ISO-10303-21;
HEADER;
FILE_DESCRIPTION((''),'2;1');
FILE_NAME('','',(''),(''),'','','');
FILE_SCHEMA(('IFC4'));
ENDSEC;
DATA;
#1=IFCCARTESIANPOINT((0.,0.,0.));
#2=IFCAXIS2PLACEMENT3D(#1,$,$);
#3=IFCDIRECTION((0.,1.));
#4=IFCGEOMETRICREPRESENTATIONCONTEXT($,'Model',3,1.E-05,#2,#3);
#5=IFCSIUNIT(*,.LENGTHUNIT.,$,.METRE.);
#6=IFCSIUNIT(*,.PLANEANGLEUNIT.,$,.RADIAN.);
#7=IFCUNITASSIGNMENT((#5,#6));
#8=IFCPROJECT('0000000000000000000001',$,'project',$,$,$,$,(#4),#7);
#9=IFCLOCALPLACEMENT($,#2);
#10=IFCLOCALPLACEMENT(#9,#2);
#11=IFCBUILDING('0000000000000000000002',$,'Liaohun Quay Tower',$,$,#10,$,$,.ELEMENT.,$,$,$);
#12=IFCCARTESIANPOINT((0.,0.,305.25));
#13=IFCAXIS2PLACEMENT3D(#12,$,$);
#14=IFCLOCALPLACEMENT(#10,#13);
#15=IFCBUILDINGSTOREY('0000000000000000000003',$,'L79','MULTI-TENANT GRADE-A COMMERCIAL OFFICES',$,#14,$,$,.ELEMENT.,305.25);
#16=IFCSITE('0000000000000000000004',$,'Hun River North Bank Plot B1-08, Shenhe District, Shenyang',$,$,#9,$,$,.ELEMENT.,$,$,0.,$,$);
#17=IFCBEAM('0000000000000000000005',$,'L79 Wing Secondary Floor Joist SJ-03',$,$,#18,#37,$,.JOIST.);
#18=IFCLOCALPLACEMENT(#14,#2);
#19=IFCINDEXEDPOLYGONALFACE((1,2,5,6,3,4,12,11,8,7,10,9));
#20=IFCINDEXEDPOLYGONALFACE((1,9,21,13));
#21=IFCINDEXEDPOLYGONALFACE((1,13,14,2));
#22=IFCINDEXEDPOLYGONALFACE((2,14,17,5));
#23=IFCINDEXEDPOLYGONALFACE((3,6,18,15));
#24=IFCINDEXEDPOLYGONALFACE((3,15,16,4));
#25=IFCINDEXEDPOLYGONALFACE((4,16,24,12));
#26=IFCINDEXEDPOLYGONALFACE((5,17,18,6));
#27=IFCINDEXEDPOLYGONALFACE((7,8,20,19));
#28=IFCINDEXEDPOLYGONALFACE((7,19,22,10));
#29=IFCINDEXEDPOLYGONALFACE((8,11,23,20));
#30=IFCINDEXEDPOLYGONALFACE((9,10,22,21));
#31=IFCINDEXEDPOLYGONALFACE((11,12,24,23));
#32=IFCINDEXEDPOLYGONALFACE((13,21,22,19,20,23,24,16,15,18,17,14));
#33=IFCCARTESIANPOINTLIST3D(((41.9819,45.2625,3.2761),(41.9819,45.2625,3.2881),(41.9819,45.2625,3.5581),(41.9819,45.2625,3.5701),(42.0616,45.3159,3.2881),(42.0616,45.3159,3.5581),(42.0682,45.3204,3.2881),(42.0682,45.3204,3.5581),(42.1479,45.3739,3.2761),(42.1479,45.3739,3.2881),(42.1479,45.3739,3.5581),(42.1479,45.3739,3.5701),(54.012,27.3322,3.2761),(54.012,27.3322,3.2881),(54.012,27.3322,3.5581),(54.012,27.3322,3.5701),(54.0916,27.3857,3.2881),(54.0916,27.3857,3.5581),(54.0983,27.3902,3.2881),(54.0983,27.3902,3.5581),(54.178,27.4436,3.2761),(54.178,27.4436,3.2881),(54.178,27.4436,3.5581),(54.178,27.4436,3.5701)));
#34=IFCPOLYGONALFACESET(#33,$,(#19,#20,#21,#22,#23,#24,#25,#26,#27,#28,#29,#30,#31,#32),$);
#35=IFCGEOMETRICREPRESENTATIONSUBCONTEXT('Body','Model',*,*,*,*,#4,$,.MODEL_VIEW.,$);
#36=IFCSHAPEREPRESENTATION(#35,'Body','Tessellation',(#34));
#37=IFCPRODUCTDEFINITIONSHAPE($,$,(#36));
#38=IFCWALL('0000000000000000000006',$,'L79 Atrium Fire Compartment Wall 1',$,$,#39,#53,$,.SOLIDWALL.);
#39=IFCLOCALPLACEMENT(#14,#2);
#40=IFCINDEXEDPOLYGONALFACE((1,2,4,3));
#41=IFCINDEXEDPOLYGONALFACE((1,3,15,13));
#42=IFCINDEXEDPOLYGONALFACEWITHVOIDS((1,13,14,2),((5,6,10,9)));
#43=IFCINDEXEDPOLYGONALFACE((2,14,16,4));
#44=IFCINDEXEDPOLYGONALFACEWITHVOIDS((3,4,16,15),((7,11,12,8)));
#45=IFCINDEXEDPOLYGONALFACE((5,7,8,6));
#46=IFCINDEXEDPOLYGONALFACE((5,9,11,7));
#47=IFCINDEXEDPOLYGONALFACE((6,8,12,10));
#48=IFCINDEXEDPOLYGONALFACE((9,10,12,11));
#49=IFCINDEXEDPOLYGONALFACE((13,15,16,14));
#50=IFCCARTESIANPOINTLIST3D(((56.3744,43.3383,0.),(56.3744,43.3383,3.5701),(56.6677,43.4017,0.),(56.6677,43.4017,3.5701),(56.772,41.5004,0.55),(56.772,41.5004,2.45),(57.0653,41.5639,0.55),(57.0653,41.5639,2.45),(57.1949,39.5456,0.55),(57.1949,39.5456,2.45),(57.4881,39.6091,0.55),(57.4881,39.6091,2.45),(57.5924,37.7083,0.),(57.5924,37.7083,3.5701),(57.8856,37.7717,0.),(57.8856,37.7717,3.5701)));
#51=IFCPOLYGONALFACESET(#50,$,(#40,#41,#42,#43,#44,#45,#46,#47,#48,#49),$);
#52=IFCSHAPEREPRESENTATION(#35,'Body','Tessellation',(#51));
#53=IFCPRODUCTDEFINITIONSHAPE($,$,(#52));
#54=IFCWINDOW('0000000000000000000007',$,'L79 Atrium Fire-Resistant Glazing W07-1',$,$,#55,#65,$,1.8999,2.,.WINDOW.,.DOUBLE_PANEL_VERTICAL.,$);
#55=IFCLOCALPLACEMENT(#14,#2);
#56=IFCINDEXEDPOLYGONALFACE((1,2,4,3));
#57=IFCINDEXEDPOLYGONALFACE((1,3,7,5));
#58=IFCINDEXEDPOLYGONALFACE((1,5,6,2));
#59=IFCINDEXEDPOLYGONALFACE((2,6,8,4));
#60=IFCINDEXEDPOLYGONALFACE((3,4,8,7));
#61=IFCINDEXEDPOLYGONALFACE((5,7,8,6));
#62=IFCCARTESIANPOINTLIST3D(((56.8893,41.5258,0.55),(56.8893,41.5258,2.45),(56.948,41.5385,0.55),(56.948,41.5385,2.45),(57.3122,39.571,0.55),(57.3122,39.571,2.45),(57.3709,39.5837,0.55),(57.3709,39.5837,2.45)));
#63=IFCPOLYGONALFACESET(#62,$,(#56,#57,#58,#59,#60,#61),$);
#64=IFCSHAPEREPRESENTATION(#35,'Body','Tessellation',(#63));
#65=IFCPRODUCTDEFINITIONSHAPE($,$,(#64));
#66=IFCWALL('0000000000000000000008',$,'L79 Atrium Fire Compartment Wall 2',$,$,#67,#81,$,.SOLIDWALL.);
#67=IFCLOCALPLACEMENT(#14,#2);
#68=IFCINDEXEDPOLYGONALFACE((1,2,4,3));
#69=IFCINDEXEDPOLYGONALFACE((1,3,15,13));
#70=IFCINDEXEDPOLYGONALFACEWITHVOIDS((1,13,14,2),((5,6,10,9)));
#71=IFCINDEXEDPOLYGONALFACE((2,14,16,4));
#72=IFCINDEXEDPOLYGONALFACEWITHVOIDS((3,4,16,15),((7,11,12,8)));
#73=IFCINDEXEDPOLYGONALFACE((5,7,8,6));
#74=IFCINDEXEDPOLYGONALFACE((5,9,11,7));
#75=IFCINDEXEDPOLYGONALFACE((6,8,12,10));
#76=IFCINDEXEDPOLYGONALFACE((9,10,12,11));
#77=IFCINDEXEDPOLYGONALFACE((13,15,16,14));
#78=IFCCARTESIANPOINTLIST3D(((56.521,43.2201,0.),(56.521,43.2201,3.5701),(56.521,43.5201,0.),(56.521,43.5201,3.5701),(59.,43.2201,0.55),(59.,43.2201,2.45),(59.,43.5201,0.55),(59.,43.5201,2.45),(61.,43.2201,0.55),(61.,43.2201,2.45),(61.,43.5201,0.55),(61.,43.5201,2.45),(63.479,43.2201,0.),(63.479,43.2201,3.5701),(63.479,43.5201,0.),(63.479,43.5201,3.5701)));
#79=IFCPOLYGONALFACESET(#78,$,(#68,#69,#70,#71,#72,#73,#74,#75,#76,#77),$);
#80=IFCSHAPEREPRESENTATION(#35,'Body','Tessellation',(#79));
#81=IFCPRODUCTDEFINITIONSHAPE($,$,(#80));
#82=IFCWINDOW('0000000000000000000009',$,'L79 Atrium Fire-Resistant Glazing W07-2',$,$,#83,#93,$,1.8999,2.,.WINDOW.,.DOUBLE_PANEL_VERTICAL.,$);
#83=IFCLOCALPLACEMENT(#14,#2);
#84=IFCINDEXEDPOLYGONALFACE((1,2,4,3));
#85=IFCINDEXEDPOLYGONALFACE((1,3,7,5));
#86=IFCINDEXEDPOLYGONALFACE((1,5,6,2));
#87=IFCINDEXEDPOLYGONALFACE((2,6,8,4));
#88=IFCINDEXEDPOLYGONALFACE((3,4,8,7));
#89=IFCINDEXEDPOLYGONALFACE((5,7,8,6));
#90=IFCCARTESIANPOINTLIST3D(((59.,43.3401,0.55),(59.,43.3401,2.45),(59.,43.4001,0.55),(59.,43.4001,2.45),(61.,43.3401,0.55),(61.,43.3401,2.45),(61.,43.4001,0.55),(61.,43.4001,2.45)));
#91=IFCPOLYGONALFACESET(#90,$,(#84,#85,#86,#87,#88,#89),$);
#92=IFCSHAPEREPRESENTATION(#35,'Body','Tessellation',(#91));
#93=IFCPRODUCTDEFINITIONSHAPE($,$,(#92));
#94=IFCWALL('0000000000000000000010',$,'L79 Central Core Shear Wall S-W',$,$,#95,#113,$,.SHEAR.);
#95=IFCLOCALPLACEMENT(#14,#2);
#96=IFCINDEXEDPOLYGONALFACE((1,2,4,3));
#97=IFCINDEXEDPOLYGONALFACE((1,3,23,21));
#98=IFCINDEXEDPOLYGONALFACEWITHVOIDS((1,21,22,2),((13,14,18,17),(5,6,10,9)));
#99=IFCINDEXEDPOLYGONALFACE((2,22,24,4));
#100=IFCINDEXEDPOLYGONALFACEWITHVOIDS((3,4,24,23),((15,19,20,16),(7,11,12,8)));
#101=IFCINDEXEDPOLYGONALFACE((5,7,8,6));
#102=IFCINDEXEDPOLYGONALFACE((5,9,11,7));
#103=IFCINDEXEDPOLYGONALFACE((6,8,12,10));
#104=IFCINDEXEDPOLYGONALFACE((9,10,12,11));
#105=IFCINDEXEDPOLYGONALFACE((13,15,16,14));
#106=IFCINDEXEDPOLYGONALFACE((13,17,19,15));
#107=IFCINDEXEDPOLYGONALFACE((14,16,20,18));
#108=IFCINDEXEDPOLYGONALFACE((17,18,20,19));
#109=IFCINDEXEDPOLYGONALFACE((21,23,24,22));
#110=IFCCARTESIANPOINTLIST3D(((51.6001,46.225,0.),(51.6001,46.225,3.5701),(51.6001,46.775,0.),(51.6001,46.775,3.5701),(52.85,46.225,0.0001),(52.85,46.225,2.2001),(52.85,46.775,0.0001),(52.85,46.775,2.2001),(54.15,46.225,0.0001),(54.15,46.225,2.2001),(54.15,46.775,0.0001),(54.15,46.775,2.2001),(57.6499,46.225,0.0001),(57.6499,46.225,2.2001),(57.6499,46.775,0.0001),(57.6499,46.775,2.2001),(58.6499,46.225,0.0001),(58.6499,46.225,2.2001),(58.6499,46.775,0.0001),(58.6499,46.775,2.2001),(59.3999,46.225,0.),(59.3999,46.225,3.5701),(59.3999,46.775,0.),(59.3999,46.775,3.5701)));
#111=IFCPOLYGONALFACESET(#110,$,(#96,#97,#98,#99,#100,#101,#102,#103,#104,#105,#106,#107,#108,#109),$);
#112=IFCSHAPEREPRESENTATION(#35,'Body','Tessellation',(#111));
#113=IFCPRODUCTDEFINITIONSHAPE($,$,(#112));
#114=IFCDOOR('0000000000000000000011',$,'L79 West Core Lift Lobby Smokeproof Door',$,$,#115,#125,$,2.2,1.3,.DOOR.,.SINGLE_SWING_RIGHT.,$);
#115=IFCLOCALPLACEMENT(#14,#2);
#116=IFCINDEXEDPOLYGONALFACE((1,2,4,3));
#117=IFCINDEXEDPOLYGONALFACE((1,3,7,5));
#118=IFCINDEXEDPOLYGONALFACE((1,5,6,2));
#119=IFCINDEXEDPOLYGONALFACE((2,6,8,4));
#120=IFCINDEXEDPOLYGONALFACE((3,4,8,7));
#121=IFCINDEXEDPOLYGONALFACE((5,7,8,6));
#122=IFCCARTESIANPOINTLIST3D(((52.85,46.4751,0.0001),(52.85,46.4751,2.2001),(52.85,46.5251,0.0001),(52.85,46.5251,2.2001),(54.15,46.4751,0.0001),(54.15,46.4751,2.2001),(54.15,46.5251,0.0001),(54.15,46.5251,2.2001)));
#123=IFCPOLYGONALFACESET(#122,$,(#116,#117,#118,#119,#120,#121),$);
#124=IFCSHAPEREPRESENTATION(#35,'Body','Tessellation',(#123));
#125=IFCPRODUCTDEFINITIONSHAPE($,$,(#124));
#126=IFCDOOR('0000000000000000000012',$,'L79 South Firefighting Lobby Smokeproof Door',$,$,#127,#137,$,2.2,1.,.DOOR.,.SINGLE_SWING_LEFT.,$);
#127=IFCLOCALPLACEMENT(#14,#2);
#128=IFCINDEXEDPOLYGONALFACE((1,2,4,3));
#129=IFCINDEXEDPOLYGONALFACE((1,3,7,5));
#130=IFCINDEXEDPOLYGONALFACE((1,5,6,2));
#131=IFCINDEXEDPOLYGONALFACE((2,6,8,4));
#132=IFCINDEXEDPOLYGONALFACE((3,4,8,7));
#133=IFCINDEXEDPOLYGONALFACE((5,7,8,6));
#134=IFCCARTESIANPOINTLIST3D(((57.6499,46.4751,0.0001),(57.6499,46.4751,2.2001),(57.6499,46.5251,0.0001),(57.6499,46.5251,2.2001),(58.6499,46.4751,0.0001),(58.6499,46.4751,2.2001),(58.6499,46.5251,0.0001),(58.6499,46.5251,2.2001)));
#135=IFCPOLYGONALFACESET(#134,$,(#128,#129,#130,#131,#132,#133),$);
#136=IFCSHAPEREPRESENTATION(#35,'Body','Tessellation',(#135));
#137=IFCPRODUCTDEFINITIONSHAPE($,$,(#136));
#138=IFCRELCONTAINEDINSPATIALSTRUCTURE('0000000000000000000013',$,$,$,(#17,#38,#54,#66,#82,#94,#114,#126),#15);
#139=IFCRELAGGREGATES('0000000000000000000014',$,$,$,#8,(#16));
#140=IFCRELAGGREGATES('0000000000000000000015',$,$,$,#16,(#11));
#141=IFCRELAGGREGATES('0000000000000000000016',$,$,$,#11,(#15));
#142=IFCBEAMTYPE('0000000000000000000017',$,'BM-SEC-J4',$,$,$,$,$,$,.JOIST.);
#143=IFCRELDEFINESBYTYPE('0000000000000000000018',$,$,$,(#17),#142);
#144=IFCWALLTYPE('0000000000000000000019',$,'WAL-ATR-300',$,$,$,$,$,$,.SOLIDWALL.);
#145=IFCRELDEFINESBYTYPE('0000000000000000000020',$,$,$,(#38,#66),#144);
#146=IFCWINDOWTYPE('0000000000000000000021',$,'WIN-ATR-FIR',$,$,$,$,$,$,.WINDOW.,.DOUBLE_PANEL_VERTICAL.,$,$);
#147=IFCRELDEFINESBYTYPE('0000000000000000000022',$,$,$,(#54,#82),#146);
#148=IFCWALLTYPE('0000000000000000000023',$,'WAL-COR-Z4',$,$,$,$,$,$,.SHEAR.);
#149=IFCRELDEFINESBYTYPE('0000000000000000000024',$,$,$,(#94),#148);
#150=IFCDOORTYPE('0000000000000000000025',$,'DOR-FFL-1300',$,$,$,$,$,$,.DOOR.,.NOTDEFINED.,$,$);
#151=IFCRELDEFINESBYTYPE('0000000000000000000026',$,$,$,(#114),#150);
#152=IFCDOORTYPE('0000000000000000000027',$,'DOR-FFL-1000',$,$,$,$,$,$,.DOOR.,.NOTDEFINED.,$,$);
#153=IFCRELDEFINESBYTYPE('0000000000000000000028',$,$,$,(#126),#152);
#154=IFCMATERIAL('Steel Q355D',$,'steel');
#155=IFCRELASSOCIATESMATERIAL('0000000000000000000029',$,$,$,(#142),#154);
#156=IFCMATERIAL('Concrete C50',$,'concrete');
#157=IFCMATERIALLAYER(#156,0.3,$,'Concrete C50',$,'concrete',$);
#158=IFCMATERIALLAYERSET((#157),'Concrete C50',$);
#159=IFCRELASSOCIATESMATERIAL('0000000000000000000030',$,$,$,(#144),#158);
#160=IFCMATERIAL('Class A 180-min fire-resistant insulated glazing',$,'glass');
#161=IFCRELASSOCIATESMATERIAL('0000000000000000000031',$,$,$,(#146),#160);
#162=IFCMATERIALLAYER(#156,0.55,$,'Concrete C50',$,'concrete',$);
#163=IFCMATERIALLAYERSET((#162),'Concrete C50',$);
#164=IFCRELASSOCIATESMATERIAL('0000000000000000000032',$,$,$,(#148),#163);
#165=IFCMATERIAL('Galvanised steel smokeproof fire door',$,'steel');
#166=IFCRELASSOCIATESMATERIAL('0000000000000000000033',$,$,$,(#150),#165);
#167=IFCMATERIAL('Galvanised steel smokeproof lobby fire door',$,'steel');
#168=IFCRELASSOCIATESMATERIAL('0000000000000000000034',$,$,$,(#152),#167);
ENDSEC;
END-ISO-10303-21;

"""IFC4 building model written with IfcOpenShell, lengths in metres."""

from ifc_helpers import new_model, si_unit, direction, frame, frame_2d, origin, origin_2d, place, context, subcontext, project, spatial, rectangle, i_section, extrude, source, transform, mapped, material, layer, layer_set, material_profile, profile_set, type_object, element, fill, save


model = new_model("IFC4")

# Units and contexts
model_context = context("Model", 3, precision=1e-05, world=origin(), true_north=direction((0.0, 1.0)))
body_context = subcontext(model_context, "Body", "Model", "MODEL_VIEW")
ifc_project = project(units=[si_unit("LENGTHUNIT", "METRE"), si_unit("PLANEANGLEUNIT", "RADIAN")], contexts=[model_context])

# Site, building, storey
site_placement = place(None, origin())
site = spatial("IfcSite", under=ifc_project, at=site_placement, Name="Hun River North Bank Plot B1-08, Shenhe District, Shenyang", CompositionType="ELEMENT", RefElevation=0.0)
building_placement = place(site_placement, origin())
building = spatial("IfcBuilding", under=site, at=building_placement, Name="Liaohun Quay Tower", CompositionType="ELEMENT")
storey_placement = place(building_placement, frame((0.0, 0.0, 305.25)))
storey = spatial("IfcBuildingStorey", under=building, at=storey_placement, Name="L79", Description="MULTI-TENANT GRADE-A COMMERCIAL OFFICES", CompositionType="ELEMENT", Elevation=305.25)

# Shared definitions
ifc_material_1 = material(Name="Concrete C50", Category="concrete")

# Beam
ifc_material_2 = material(Name="Steel Q355D", Category="steel")
ifc_material_profile_1 = material_profile(ifc_material_2, i_section(OverallWidth=0.2, OverallDepth=0.2939, WebThickness=0.0081, FlangeThickness=0.012, at=origin_2d()), Name="HM294x200x8x12")
ifc_profile_set_1 = profile_set([ifc_material_profile_1], Name="Steel Q355D")
beam_type_1 = type_object("IfcBeamType", Name="BM-SEC-J4", PredefinedType="JOIST", material=ifc_profile_set_1)
shared_shape_1 = source(origin(), body_context, "Body", "SweptSolid", [
    extrude(i_section(OverallWidth=0.2, OverallDepth=0.2939, WebThickness=0.0081, FlangeThickness=0.012, at=origin_2d()), origin(), (0.0, 0.0, 1.0), 21.592),
])
beam_1_placement = place(storey_placement, frame((54.095, 27.3879, 3.4231), z_axis=(-0.557153, 0.83041, 0.0), x_axis=(-0.83041, -0.557153, 0.0)))
element("IfcBeam", 1, at=beam_1_placement, inside=storey, type_object=beam_type_1, Name="L79 Wing Secondary Floor Joist SJ-03", PredefinedType="JOIST", context=body_context, shape_type="MappedRepresentation", body=[
    mapped(shared_shape_1, transform((0.0, 0.0, 0.0), x_axis=(1.0, 0.0, 0.0), y_axis=(0.0, 1.0, 0.0), z_axis=(0.0, 0.0, 1.0), scale=1.0)),
])

# Walls, openings, windows
ifc_layer_1 = layer(ifc_material_1, 0.3, Name="Concrete C50", Category="concrete")
ifc_layer_set_1 = layer_set([ifc_layer_1], Name="Concrete C50")
wall_type_1 = type_object("IfcWallType", Name="WAL-ATR-300", PredefinedType="SOLIDWALL", material=ifc_layer_set_1)
wall_1_placement = place(storey_placement, frame((57.739, 37.74, 0.0), z_axis=(0.0, 0.0, 1.0), x_axis=(-0.211448, 0.977389, 0.0)))
wall_1 = element("IfcWall", 2, at=wall_1_placement, inside=storey, type_object=wall_type_1, Name="L79 Atrium Fire Compartment Wall 1", PredefinedType="SOLIDWALL", context=body_context, shape_type="SweptSolid", body=[
    extrude(rectangle(XDim=5.7603, YDim=0.3, at=frame_2d((2.8801, 0.0))), origin(), (0.0, 0.0, 1.0), 3.5701),
])
shared_shape_2 = source(origin(), body_context, "Body", "SweptSolid", [
    extrude(rectangle(XDim=2.0, YDim=1.8999, at=frame_2d((1.0, 0.95))), frame((0.0, 0.1599, 0.0), z_axis=(0.0, -1.0, 0.0), x_axis=(1.0, 0.0, 0.0)), (0.0, 0.0, 1.0), 0.3201),
])
opening_1_placement = place(wall_1_placement, frame((1.8799, 0.0, 0.55)))
opening_1 = element("IfcOpeningElement", 3, at=opening_1_placement, cuts=wall_1, PredefinedType="OPENING", context=body_context, shape_type="MappedRepresentation", body=[
    mapped(shared_shape_2, transform((0.0, 0.0, 0.0), x_axis=(1.0, 0.0, 0.0), y_axis=(0.0, 1.0, 0.0), z_axis=(0.0, 0.0, 1.0), scale=1.0)),
])
ifc_material_3 = material(Name="Class A 180-min fire-resistant insulated glazing", Category="glass")
window_type_1 = type_object("IfcWindowType", Name="WIN-ATR-FIR", PartitioningType="DOUBLE_PANEL_VERTICAL", PredefinedType="WINDOW", material=ifc_material_3)
shared_shape_3 = source(origin(), body_context, "Body", "SweptSolid", [
    extrude(rectangle(XDim=2.0, YDim=1.8999, at=frame_2d((1.0, 0.95))), frame((0.0, 0.03, 0.0), z_axis=(0.0, -1.0, 0.0), x_axis=(1.0, 0.0, 0.0)), (0.0, 0.0, 1.0), 0.0601),
])
window_1_placement = place(opening_1_placement, origin())
window_1 = element("IfcWindow", 4, at=window_1_placement, inside=storey, type_object=window_type_1, Name="L79 Atrium Fire-Resistant Glazing W07-1", OverallHeight=1.8999, OverallWidth=2.0, PartitioningType="DOUBLE_PANEL_VERTICAL", PredefinedType="WINDOW", context=body_context, shape_type="MappedRepresentation", body=[
    mapped(shared_shape_3, transform((0.0, 0.0, 0.0), x_axis=(1.0, 0.0, 0.0), y_axis=(0.0, 1.0, 0.0), z_axis=(0.0, 0.0, 1.0), scale=1.0)),
])
fill(opening_1, window_1)
wall_2_placement = place(storey_placement, frame((56.521, 43.3701, 0.0), z_axis=(0.0, 0.0, 1.0), x_axis=(1.0, 0.0, 0.0)))
wall_2 = element("IfcWall", 5, at=wall_2_placement, inside=storey, type_object=wall_type_1, Name="L79 Atrium Fire Compartment Wall 2", PredefinedType="SOLIDWALL", context=body_context, shape_type="SweptSolid", body=[
    extrude(rectangle(XDim=6.958, YDim=0.3, at=frame_2d((3.479, 0.0))), origin(), (0.0, 0.0, 1.0), 3.5701),
])
opening_2_placement = place(wall_2_placement, frame((2.479, 0.0, 0.55)))
opening_2 = element("IfcOpeningElement", 6, at=opening_2_placement, cuts=wall_2, PredefinedType="OPENING", context=body_context, shape_type="MappedRepresentation", body=[
    mapped(shared_shape_2, transform((0.0, 0.0, 0.0), x_axis=(1.0, 0.0, 0.0), y_axis=(0.0, 1.0, 0.0), z_axis=(0.0, 0.0, 1.0), scale=1.0)),
])
window_2_placement = place(opening_2_placement, origin())
window_2 = element("IfcWindow", 7, at=window_2_placement, inside=storey, type_object=window_type_1, Name="L79 Atrium Fire-Resistant Glazing W07-2", OverallHeight=1.8999, OverallWidth=2.0, PartitioningType="DOUBLE_PANEL_VERTICAL", PredefinedType="WINDOW", context=body_context, shape_type="MappedRepresentation", body=[
    mapped(shared_shape_3, transform((0.0, 0.0, 0.0), x_axis=(1.0, 0.0, 0.0), y_axis=(0.0, 1.0, 0.0), z_axis=(0.0, 0.0, 1.0), scale=1.0)),
])
fill(opening_2, window_2)

# Wall, openings, doors
ifc_layer_2 = layer(ifc_material_1, 0.55, Name="Concrete C50", Category="concrete")
ifc_layer_set_2 = layer_set([ifc_layer_2], Name="Concrete C50")
wall_type_2 = type_object("IfcWallType", Name="WAL-COR-Z4", PredefinedType="SHEAR", material=ifc_layer_set_2)
wall_3_placement = place(storey_placement, frame((59.3999, 46.5, 0.0), z_axis=(0.0, 0.0, 1.0), x_axis=(-1.0, 0.0, 0.0)))
wall_3 = element("IfcWall", 8, at=wall_3_placement, inside=storey, type_object=wall_type_2, Name="L79 Central Core Shear Wall S-W", PredefinedType="SHEAR", context=body_context, shape_type="SweptSolid", body=[
    extrude(rectangle(XDim=7.7998, YDim=0.55, at=frame_2d((3.8999, 0.0))), origin(), (0.0, 0.0, 1.0), 3.5701),
])
shared_shape_4 = source(origin(), body_context, "Body", "SweptSolid", [
    extrude(rectangle(XDim=1.3, YDim=2.2, at=frame_2d((0.6499, 1.1001))), frame((0.0, 0.2849, 0.0), z_axis=(0.0, -1.0, 0.0), x_axis=(1.0, 0.0, 0.0)), (0.0, 0.0, 1.0), 0.5701),
])
opening_3_placement = place(wall_3_placement, frame((5.25, 0.0, 0.0)))
opening_3 = element("IfcOpeningElement", 9, at=opening_3_placement, cuts=wall_3, PredefinedType="OPENING", context=body_context, shape_type="MappedRepresentation", body=[
    mapped(shared_shape_4, transform((0.0, 0.0, 0.0), x_axis=(1.0, 0.0, 0.0), y_axis=(0.0, 1.0, 0.0), z_axis=(0.0, 0.0, 1.0), scale=1.0)),
])
shared_shape_5 = source(origin(), body_context, "Body", "SweptSolid", [
    extrude(rectangle(XDim=1.0, YDim=2.2, at=frame_2d((0.5, 1.1001))), frame((0.0, 0.2849, 0.0), z_axis=(0.0, -1.0, 0.0), x_axis=(1.0, 0.0, 0.0)), (0.0, 0.0, 1.0), 0.5701),
])
opening_4_placement = place(wall_3_placement, frame((0.75, 0.0, 0.0)))
opening_4 = element("IfcOpeningElement", 10, at=opening_4_placement, cuts=wall_3, PredefinedType="OPENING", context=body_context, shape_type="MappedRepresentation", body=[
    mapped(shared_shape_5, transform((0.0, 0.0, 0.0), x_axis=(1.0, 0.0, 0.0), y_axis=(0.0, 1.0, 0.0), z_axis=(0.0, 0.0, 1.0), scale=1.0)),
])
ifc_material_4 = material(Name="Galvanised steel smokeproof fire door", Category="steel")
door_type_1 = type_object("IfcDoorType", Name="DOR-FFL-1300", OperationType="NOTDEFINED", PredefinedType="DOOR", material=ifc_material_4)
shared_shape_6 = source(origin(), body_context, "Body", "SweptSolid", [
    extrude(rectangle(XDim=1.3, YDim=2.2, at=frame_2d((0.6499, 1.1001))), frame((0.0, 0.0249, 0.0), z_axis=(0.0, -1.0, 0.0), x_axis=(1.0, 0.0, 0.0)), (0.0, 0.0, 1.0), 0.05),
])
door_1_placement = place(opening_3_placement, origin())
door_1 = element("IfcDoor", 11, at=door_1_placement, inside=storey, type_object=door_type_1, Name="L79 West Core Lift Lobby Smokeproof Door", OperationType="SINGLE_SWING_RIGHT", OverallHeight=2.2, OverallWidth=1.3, PredefinedType="DOOR", context=body_context, shape_type="MappedRepresentation", body=[
    mapped(shared_shape_6, transform((0.0, 0.0, 0.0), x_axis=(1.0, 0.0, 0.0), y_axis=(0.0, 1.0, 0.0), z_axis=(0.0, 0.0, 1.0), scale=1.0)),
])
fill(opening_3, door_1)
ifc_material_5 = material(Name="Galvanised steel smokeproof lobby fire door", Category="steel")
door_type_2 = type_object("IfcDoorType", Name="DOR-FFL-1000", OperationType="NOTDEFINED", PredefinedType="DOOR", material=ifc_material_5)
shared_shape_7 = source(origin(), body_context, "Body", "SweptSolid", [
    extrude(rectangle(XDim=1.0, YDim=2.2, at=frame_2d((0.5, 1.1001))), frame((0.0, 0.0249, 0.0), z_axis=(0.0, -1.0, 0.0), x_axis=(1.0, 0.0, 0.0)), (0.0, 0.0, 1.0), 0.05),
])
door_2_placement = place(opening_4_placement, origin())
door_2 = element("IfcDoor", 12, at=door_2_placement, inside=storey, type_object=door_type_2, Name="L79 South Firefighting Lobby Smokeproof Door", OperationType="SINGLE_SWING_LEFT", OverallHeight=2.2, OverallWidth=1.0, PredefinedType="DOOR", context=body_context, shape_type="MappedRepresentation", body=[
    mapped(shared_shape_7, transform((0.0, 0.0, 0.0), x_axis=(1.0, 0.0, 0.0), y_axis=(0.0, 1.0, 0.0), z_axis=(0.0, 0.0, 1.0), scale=1.0)),
])
fill(opening_4, door_2)

save(model, "model.ifc")
